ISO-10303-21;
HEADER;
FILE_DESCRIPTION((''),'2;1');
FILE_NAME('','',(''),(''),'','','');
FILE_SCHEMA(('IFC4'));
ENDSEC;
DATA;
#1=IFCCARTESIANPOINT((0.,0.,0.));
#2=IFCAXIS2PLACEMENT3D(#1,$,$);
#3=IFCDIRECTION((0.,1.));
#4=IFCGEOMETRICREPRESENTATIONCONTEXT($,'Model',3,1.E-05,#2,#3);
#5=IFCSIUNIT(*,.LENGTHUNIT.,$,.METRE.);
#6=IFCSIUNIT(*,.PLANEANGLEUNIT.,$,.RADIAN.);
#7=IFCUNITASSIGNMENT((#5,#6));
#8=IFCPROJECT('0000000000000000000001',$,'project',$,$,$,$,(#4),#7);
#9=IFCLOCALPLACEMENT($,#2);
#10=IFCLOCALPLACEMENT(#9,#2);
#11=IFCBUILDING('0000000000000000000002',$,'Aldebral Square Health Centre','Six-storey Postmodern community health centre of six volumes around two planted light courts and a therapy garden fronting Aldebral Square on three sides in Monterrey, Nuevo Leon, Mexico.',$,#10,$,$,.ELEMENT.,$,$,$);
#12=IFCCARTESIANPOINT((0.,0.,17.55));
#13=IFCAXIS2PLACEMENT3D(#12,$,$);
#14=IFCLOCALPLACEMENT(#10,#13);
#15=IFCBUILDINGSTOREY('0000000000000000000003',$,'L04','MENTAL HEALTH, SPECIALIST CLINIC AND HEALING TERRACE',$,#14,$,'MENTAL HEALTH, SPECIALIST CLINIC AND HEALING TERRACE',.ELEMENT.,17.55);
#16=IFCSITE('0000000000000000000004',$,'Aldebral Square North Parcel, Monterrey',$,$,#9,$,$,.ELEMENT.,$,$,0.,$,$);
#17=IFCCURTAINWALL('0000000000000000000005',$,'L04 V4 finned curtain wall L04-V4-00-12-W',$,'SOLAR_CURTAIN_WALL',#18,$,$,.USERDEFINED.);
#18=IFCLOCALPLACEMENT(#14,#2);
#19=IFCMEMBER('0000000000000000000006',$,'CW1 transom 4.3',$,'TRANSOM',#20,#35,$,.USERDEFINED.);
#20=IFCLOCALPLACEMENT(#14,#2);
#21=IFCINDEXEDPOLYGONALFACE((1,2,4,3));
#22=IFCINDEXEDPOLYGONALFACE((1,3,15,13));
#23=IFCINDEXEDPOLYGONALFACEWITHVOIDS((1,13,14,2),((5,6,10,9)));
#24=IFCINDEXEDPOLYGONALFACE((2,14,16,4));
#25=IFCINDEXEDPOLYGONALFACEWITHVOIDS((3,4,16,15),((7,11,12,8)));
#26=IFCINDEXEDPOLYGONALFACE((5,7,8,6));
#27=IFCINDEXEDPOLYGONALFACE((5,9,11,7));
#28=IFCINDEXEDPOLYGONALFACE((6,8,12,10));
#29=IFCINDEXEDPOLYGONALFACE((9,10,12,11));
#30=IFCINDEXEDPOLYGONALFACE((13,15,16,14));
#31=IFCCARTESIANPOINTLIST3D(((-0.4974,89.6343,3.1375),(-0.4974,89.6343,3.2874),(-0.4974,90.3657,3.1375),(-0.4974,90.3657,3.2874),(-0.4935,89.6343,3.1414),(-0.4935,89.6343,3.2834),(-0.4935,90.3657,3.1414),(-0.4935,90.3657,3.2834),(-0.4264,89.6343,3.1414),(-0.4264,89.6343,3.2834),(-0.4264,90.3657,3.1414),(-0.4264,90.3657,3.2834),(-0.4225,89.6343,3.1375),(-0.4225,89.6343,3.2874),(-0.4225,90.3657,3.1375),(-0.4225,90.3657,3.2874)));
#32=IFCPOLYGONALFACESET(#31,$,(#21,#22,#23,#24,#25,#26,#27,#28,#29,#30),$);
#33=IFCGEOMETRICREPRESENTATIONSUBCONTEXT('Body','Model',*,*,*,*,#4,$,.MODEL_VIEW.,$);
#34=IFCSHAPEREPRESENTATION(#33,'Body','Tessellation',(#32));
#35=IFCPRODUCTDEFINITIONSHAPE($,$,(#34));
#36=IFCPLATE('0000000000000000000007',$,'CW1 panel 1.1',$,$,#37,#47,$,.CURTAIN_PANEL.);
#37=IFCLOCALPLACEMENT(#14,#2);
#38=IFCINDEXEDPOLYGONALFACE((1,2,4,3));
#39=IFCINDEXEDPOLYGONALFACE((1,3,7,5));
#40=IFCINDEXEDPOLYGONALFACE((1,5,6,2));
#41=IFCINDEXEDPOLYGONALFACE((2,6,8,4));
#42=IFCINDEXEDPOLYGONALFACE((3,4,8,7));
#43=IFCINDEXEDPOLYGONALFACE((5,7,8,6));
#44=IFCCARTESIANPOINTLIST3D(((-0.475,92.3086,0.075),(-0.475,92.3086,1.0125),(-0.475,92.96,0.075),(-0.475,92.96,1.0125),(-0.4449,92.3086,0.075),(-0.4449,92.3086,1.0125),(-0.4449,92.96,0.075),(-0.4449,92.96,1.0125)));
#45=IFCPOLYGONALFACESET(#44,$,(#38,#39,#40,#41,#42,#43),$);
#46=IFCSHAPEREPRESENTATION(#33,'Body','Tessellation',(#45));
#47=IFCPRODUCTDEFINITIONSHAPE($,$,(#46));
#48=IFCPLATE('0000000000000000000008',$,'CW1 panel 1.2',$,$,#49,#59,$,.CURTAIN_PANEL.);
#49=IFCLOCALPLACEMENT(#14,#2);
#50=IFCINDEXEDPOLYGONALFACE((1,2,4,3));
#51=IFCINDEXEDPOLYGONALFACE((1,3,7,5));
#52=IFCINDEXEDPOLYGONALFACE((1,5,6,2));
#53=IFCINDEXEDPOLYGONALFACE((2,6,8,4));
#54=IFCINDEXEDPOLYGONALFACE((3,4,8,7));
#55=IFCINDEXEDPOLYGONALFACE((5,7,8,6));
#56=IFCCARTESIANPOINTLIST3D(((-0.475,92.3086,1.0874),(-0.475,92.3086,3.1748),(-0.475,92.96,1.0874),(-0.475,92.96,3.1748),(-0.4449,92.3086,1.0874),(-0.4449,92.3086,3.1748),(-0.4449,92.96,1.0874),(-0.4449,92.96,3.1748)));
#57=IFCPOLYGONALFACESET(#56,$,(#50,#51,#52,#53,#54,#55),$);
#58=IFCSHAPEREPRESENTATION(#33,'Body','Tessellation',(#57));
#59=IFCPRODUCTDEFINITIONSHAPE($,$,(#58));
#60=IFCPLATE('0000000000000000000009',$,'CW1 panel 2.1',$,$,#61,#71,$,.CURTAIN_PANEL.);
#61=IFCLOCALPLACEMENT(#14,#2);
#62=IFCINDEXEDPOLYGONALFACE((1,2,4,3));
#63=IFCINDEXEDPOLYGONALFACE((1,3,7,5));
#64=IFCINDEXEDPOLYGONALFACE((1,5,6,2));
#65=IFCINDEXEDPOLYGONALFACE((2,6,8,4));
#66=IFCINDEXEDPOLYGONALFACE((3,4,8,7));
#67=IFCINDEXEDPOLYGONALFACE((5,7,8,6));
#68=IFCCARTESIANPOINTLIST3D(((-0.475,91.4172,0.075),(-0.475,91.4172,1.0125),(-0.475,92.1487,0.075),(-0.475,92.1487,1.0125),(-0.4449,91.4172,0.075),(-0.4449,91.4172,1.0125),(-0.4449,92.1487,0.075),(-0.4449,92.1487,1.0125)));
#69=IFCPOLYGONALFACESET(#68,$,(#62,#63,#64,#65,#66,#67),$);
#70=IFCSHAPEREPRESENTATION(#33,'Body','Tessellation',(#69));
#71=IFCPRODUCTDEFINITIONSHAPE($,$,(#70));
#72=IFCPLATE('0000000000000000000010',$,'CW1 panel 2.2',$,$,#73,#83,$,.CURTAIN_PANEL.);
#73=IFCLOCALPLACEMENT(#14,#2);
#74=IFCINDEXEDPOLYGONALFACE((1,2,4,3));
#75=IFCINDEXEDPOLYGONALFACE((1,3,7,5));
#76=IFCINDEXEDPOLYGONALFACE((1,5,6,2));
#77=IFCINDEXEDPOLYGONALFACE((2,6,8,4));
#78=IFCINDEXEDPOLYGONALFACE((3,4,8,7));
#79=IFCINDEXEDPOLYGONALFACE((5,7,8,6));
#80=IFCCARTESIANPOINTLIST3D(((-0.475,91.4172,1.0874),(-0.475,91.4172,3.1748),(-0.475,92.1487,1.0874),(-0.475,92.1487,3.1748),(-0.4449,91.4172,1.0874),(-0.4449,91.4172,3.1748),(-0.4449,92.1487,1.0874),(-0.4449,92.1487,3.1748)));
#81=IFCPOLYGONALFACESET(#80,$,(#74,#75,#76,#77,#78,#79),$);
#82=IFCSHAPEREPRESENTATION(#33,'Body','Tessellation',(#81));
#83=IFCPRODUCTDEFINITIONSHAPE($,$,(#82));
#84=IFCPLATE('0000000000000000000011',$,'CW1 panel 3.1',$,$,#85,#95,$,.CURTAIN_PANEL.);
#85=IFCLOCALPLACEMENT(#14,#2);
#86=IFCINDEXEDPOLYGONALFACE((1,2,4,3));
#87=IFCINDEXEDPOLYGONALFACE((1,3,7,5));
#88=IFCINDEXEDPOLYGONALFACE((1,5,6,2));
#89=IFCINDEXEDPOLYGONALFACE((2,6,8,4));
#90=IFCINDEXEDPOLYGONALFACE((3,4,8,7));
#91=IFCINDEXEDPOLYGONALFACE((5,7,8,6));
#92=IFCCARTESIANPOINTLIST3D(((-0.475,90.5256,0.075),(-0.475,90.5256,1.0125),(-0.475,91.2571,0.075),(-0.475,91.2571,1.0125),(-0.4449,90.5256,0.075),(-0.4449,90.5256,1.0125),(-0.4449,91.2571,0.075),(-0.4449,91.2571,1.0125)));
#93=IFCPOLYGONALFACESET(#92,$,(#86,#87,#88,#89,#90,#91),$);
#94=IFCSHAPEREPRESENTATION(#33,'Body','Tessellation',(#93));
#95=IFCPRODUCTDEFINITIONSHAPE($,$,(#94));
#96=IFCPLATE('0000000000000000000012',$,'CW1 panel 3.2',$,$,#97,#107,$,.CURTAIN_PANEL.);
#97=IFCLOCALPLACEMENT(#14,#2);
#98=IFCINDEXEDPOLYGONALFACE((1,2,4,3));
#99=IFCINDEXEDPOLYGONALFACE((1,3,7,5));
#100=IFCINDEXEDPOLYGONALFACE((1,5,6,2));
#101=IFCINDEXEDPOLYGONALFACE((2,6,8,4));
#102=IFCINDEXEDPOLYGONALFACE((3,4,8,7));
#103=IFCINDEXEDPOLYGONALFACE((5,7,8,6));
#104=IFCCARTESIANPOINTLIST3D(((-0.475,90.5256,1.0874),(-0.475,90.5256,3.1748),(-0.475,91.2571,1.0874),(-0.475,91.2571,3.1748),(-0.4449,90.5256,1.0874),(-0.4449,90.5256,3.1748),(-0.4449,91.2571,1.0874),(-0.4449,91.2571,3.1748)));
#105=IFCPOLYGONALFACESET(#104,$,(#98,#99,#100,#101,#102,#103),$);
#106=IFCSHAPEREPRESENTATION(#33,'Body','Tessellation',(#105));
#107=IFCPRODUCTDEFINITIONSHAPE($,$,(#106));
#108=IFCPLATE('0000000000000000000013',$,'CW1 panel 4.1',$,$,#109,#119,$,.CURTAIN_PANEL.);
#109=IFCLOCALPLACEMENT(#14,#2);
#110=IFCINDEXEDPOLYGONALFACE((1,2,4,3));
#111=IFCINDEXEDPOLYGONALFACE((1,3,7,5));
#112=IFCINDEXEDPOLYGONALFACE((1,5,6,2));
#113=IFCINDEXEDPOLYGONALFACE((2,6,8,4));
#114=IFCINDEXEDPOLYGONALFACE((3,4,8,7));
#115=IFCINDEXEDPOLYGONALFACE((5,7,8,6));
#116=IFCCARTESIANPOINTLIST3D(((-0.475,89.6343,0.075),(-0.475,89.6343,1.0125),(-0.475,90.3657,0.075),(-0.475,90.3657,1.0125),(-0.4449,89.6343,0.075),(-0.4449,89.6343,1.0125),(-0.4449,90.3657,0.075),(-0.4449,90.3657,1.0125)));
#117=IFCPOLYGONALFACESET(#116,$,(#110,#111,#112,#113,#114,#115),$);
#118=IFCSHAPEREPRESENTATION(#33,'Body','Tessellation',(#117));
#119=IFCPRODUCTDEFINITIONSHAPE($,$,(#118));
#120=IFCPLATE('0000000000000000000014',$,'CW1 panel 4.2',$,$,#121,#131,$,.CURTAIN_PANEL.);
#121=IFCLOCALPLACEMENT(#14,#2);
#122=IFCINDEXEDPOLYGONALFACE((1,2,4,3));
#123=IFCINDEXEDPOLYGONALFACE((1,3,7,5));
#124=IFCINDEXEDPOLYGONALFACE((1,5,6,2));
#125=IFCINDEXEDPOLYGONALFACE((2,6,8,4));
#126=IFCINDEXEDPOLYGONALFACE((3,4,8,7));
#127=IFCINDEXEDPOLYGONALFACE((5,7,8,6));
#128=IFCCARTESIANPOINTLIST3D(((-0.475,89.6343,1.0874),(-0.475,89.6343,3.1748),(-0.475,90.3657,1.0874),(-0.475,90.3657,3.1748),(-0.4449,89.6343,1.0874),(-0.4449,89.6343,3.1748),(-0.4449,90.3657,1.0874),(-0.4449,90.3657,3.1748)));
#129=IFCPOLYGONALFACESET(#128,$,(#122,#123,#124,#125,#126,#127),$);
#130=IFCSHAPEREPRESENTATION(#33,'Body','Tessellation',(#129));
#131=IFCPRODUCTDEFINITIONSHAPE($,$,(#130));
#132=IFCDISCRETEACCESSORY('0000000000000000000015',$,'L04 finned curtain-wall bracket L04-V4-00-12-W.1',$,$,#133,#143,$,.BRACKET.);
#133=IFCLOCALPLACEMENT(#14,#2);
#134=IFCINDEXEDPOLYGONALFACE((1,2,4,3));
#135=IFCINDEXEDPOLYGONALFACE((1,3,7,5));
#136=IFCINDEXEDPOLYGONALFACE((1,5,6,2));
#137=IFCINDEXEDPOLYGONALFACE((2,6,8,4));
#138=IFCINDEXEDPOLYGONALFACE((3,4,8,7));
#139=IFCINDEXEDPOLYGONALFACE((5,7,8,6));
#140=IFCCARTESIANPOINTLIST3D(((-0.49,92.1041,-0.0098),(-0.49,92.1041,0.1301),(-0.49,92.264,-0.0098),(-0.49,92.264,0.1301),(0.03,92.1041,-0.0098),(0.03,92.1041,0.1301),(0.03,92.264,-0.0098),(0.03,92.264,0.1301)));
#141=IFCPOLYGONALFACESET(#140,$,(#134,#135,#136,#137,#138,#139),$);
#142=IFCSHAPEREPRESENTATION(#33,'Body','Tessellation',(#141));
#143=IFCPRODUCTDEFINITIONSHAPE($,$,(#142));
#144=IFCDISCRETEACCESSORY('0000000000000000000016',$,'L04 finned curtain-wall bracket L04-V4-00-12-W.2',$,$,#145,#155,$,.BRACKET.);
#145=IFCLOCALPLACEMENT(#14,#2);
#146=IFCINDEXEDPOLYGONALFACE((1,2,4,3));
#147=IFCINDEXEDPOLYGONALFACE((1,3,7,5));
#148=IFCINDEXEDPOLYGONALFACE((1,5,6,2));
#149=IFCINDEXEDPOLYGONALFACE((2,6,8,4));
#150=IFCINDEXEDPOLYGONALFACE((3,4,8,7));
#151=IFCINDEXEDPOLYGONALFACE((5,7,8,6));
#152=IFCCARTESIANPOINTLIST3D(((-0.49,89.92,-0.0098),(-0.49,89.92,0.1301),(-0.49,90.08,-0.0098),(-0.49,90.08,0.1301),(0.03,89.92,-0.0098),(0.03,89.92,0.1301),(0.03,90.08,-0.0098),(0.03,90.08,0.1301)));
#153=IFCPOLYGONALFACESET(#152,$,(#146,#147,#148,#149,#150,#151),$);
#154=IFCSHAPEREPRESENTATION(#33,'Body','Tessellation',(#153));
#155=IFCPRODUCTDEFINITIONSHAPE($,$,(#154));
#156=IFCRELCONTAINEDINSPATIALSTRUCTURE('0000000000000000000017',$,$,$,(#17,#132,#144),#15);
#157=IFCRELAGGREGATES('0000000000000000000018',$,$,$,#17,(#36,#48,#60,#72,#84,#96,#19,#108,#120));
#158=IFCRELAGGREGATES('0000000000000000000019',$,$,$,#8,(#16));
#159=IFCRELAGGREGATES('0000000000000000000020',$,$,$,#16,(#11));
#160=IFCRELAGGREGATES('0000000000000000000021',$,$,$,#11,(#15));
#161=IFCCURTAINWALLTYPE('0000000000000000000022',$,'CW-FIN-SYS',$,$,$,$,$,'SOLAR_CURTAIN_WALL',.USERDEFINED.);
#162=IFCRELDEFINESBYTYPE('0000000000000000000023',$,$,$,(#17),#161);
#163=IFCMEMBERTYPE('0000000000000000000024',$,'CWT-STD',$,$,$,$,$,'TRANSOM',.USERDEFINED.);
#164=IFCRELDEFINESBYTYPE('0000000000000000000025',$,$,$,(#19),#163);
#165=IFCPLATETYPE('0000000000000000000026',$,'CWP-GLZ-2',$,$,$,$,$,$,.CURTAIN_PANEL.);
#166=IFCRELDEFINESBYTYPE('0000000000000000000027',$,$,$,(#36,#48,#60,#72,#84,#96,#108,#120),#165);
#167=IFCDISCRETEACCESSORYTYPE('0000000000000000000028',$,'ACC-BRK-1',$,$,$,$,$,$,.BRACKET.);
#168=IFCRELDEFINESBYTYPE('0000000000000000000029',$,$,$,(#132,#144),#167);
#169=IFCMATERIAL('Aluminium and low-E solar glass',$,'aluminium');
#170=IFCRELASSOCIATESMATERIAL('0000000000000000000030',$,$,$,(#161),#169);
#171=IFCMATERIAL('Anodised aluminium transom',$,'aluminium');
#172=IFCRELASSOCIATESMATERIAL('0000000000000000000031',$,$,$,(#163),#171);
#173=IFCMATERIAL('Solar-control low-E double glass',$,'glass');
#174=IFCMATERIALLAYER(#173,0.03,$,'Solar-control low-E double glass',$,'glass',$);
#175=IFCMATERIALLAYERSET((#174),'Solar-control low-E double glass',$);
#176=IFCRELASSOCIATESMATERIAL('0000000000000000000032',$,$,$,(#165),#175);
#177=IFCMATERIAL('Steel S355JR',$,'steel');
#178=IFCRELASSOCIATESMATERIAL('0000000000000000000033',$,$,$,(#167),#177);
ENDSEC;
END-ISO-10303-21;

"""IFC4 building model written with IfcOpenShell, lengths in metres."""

from ifc_helpers import new_model, si_unit, direction, frame, origin, origin_2d, place, context, subcontext, project, spatial, rectangle, hollow_rectangle, extrude, material, layer, layer_set, material_profile, profile_set, type_object, element, aggregate, save


model = new_model("IFC4")

# Units and contexts
model_context = context("Model", 3, precision=1e-05, world=origin(), true_north=direction((0.0, 1.0)))
body_context = subcontext(model_context, "Body", "Model", "MODEL_VIEW")
ifc_project = project(units=[si_unit("LENGTHUNIT", "METRE"), si_unit("PLANEANGLEUNIT", "RADIAN")], contexts=[model_context])

# Site, building, storey
site_placement = place(None, origin())
site = spatial("IfcSite", under=ifc_project, at=site_placement, Name="Aldebral Square North Parcel, Monterrey", CompositionType="ELEMENT", RefElevation=0.0)
building_placement = place(site_placement, origin())
building = spatial("IfcBuilding", under=site, at=building_placement, Name="Aldebral Square Health Centre", Description="Six-storey Postmodern community health centre of six volumes around two planted light courts and a therapy garden fronting Aldebral Square on three sides in Monterrey, Nuevo Leon, Mexico.", CompositionType="ELEMENT")
storey_placement = place(building_placement, frame((0.0, 0.0, 17.55)))
storey = spatial("IfcBuildingStorey", under=building, at=storey_placement, Name="L04", Description="MENTAL HEALTH, SPECIALIST CLINIC AND HEALING TERRACE", LongName="MENTAL HEALTH, SPECIALIST CLINIC AND HEALING TERRACE", CompositionType="ELEMENT", Elevation=17.55)

# Curtain wall, member, plates
ifc_material_1 = material(Name="Aluminium and low-E solar glass", Category="aluminium")
curtain_wall_type = type_object("IfcCurtainWallType", Name="CW-FIN-SYS", ElementType="SOLAR_CURTAIN_WALL", PredefinedType="USERDEFINED", material=ifc_material_1)
curtain_wall_placement = place(storey_placement, origin())
curtain_wall = element("IfcCurtainWall", 1, at=curtain_wall_placement, inside=storey, type_object=curtain_wall_type, Name="L04 V4 finned curtain wall L04-V4-00-12-W", ObjectType="SOLAR_CURTAIN_WALL", PredefinedType="USERDEFINED")
ifc_material_2 = material(Name="Anodised aluminium transom", Category="aluminium")
ifc_material_profile_1 = material_profile(ifc_material_2, hollow_rectangle(XDim=0.075, YDim=0.1499, WallThickness=0.0039, at=origin_2d()), Name="CWT 75x150x4")
ifc_profile_set_1 = profile_set([ifc_material_profile_1], Name="Anodised aluminium transom")
member_type_1 = type_object("IfcMemberType", Name="CWT-STD", ElementType="TRANSOM", PredefinedType="USERDEFINED", material=ifc_profile_set_1)
member_1_placement = place(storey_placement, frame((-0.46, 90.3657, 3.2124), z_axis=(0.0, -1.0, 0.0), x_axis=(1.0, 0.0, 0.0)))
member_1 = element("IfcMember", 2, at=member_1_placement, type_object=member_type_1, Name="CW1 transom 4.3", ObjectType="TRANSOM", PredefinedType="USERDEFINED", context=body_context, shape_type="SweptSolid", body=[
    extrude(hollow_rectangle(XDim=0.075, YDim=0.1499, WallThickness=0.0039, at=origin_2d()), origin(), (0.0, 0.0, 1.0), 0.7314),
])
ifc_material_3 = material(Name="Solar-control low-E double glass", Category="glass")
ifc_layer = layer(ifc_material_3, 0.03, Name="Solar-control low-E double glass", Category="glass")
ifc_layer_set = layer_set([ifc_layer], Name="Solar-control low-E double glass")
plate_type = type_object("IfcPlateType", Name="CWP-GLZ-2", PredefinedType="CURTAIN_PANEL", material=ifc_layer_set)
plate_1_placement = place(storey_placement, frame((-0.46, 92.6343, 0.075), z_axis=(0.0, 0.0, 1.0), x_axis=(0.0, -1.0, 0.0)))
plate_1 = element("IfcPlate", 3, at=plate_1_placement, type_object=plate_type, Name="CW1 panel 1.1", PredefinedType="CURTAIN_PANEL", context=body_context, shape_type="SweptSolid", body=[
    extrude(rectangle(XDim=0.6514, YDim=0.03, at=origin_2d()), origin(), (0.0, 0.0, 1.0), 0.9375),
])
plate_2_placement = place(storey_placement, frame((-0.46, 92.6343, 1.0874), z_axis=(0.0, 0.0, 1.0), x_axis=(0.0, -1.0, 0.0)))
plate_2 = element("IfcPlate", 4, at=plate_2_placement, type_object=plate_type, Name="CW1 panel 1.2", PredefinedType="CURTAIN_PANEL", context=body_context, shape_type="SweptSolid", body=[
    extrude(rectangle(XDim=0.6514, YDim=0.03, at=origin_2d()), origin(), (0.0, 0.0, 1.0), 2.0874),
])
plate_3_placement = place(storey_placement, frame((-0.46, 91.783, 0.075), z_axis=(0.0, 0.0, 1.0), x_axis=(0.0, -1.0, 0.0)))
plate_3 = element("IfcPlate", 5, at=plate_3_placement, type_object=plate_type, Name="CW1 panel 2.1", PredefinedType="CURTAIN_PANEL", context=body_context, shape_type="SweptSolid", body=[
    extrude(rectangle(XDim=0.7314, YDim=0.03, at=origin_2d()), origin(), (0.0, 0.0, 1.0), 0.9375),
])
plate_4_placement = place(storey_placement, frame((-0.46, 91.783, 1.0874), z_axis=(0.0, 0.0, 1.0), x_axis=(0.0, -1.0, 0.0)))
plate_4 = element("IfcPlate", 6, at=plate_4_placement, type_object=plate_type, Name="CW1 panel 2.2", PredefinedType="CURTAIN_PANEL", context=body_context, shape_type="SweptSolid", body=[
    extrude(rectangle(XDim=0.7314, YDim=0.03, at=origin_2d()), origin(), (0.0, 0.0, 1.0), 2.0874),
])
plate_5_placement = place(storey_placement, frame((-0.46, 90.8914, 0.075), z_axis=(0.0, 0.0, 1.0), x_axis=(0.0, -1.0, 0.0)))
plate_5 = element("IfcPlate", 7, at=plate_5_placement, type_object=plate_type, Name="CW1 panel 3.1", PredefinedType="CURTAIN_PANEL", context=body_context, shape_type="SweptSolid", body=[
    extrude(rectangle(XDim=0.7314, YDim=0.03, at=origin_2d()), origin(), (0.0, 0.0, 1.0), 0.9375),
])
plate_6_placement = place(storey_placement, frame((-0.46, 90.8914, 1.0874), z_axis=(0.0, 0.0, 1.0), x_axis=(0.0, -1.0, 0.0)))
plate_6 = element("IfcPlate", 8, at=plate_6_placement, type_object=plate_type, Name="CW1 panel 3.2", PredefinedType="CURTAIN_PANEL", context=body_context, shape_type="SweptSolid", body=[
    extrude(rectangle(XDim=0.7314, YDim=0.03, at=origin_2d()), origin(), (0.0, 0.0, 1.0), 2.0874),
])
plate_7_placement = place(storey_placement, frame((-0.46, 90.0, 0.075), z_axis=(0.0, 0.0, 1.0), x_axis=(0.0, -1.0, 0.0)))
plate_7 = element("IfcPlate", 9, at=plate_7_placement, type_object=plate_type, Name="CW1 panel 4.1", PredefinedType="CURTAIN_PANEL", context=body_context, shape_type="SweptSolid", body=[
    extrude(rectangle(XDim=0.7314, YDim=0.03, at=origin_2d()), origin(), (0.0, 0.0, 1.0), 0.9375),
])
plate_8_placement = place(storey_placement, frame((-0.46, 90.0, 1.0874), z_axis=(0.0, 0.0, 1.0), x_axis=(0.0, -1.0, 0.0)))
plate_8 = element("IfcPlate", 10, at=plate_8_placement, type_object=plate_type, Name="CW1 panel 4.2", PredefinedType="CURTAIN_PANEL", context=body_context, shape_type="SweptSolid", body=[
    extrude(rectangle(XDim=0.7314, YDim=0.03, at=origin_2d()), origin(), (0.0, 0.0, 1.0), 2.0874),
])
aggregate(curtain_wall, [plate_1, plate_2, plate_3, plate_4, plate_5, plate_6, member_1, plate_7, plate_8])

# Discrete accessories
ifc_material_4 = material(Name="Steel S355JR", Category="steel")
discrete_accessory_type = type_object("IfcDiscreteAccessoryType", Name="ACC-BRK-1", PredefinedType="BRACKET", material=ifc_material_4)
for number, where, z_axis, x_axis, name in (
    (11, (-0.23, 92.1841, -0.0098), (0.0, 0.0, 1.0), (0.0, 1.0, 0.0), "L04 finned curtain-wall bracket L04-V4-00-12-W.1"),
    (12, (-0.23, 90.0, -0.0098), (0.0, 0.0, 1.0), (0.0, 1.0, 0.0), "L04 finned curtain-wall bracket L04-V4-00-12-W.2"),
):
    element("IfcDiscreteAccessory", number, at=place(storey_placement, frame(where, z_axis=z_axis, x_axis=x_axis)), inside=storey, type_object=discrete_accessory_type, Name=name, PredefinedType="BRACKET", context=body_context, shape_type="SweptSolid", body=[
        extrude(rectangle(XDim=0.1599, YDim=0.52, at=origin_2d()), origin(), (0.0, 0.0, 1.0), 0.1399),
    ])

save(model, "model.ifc")
